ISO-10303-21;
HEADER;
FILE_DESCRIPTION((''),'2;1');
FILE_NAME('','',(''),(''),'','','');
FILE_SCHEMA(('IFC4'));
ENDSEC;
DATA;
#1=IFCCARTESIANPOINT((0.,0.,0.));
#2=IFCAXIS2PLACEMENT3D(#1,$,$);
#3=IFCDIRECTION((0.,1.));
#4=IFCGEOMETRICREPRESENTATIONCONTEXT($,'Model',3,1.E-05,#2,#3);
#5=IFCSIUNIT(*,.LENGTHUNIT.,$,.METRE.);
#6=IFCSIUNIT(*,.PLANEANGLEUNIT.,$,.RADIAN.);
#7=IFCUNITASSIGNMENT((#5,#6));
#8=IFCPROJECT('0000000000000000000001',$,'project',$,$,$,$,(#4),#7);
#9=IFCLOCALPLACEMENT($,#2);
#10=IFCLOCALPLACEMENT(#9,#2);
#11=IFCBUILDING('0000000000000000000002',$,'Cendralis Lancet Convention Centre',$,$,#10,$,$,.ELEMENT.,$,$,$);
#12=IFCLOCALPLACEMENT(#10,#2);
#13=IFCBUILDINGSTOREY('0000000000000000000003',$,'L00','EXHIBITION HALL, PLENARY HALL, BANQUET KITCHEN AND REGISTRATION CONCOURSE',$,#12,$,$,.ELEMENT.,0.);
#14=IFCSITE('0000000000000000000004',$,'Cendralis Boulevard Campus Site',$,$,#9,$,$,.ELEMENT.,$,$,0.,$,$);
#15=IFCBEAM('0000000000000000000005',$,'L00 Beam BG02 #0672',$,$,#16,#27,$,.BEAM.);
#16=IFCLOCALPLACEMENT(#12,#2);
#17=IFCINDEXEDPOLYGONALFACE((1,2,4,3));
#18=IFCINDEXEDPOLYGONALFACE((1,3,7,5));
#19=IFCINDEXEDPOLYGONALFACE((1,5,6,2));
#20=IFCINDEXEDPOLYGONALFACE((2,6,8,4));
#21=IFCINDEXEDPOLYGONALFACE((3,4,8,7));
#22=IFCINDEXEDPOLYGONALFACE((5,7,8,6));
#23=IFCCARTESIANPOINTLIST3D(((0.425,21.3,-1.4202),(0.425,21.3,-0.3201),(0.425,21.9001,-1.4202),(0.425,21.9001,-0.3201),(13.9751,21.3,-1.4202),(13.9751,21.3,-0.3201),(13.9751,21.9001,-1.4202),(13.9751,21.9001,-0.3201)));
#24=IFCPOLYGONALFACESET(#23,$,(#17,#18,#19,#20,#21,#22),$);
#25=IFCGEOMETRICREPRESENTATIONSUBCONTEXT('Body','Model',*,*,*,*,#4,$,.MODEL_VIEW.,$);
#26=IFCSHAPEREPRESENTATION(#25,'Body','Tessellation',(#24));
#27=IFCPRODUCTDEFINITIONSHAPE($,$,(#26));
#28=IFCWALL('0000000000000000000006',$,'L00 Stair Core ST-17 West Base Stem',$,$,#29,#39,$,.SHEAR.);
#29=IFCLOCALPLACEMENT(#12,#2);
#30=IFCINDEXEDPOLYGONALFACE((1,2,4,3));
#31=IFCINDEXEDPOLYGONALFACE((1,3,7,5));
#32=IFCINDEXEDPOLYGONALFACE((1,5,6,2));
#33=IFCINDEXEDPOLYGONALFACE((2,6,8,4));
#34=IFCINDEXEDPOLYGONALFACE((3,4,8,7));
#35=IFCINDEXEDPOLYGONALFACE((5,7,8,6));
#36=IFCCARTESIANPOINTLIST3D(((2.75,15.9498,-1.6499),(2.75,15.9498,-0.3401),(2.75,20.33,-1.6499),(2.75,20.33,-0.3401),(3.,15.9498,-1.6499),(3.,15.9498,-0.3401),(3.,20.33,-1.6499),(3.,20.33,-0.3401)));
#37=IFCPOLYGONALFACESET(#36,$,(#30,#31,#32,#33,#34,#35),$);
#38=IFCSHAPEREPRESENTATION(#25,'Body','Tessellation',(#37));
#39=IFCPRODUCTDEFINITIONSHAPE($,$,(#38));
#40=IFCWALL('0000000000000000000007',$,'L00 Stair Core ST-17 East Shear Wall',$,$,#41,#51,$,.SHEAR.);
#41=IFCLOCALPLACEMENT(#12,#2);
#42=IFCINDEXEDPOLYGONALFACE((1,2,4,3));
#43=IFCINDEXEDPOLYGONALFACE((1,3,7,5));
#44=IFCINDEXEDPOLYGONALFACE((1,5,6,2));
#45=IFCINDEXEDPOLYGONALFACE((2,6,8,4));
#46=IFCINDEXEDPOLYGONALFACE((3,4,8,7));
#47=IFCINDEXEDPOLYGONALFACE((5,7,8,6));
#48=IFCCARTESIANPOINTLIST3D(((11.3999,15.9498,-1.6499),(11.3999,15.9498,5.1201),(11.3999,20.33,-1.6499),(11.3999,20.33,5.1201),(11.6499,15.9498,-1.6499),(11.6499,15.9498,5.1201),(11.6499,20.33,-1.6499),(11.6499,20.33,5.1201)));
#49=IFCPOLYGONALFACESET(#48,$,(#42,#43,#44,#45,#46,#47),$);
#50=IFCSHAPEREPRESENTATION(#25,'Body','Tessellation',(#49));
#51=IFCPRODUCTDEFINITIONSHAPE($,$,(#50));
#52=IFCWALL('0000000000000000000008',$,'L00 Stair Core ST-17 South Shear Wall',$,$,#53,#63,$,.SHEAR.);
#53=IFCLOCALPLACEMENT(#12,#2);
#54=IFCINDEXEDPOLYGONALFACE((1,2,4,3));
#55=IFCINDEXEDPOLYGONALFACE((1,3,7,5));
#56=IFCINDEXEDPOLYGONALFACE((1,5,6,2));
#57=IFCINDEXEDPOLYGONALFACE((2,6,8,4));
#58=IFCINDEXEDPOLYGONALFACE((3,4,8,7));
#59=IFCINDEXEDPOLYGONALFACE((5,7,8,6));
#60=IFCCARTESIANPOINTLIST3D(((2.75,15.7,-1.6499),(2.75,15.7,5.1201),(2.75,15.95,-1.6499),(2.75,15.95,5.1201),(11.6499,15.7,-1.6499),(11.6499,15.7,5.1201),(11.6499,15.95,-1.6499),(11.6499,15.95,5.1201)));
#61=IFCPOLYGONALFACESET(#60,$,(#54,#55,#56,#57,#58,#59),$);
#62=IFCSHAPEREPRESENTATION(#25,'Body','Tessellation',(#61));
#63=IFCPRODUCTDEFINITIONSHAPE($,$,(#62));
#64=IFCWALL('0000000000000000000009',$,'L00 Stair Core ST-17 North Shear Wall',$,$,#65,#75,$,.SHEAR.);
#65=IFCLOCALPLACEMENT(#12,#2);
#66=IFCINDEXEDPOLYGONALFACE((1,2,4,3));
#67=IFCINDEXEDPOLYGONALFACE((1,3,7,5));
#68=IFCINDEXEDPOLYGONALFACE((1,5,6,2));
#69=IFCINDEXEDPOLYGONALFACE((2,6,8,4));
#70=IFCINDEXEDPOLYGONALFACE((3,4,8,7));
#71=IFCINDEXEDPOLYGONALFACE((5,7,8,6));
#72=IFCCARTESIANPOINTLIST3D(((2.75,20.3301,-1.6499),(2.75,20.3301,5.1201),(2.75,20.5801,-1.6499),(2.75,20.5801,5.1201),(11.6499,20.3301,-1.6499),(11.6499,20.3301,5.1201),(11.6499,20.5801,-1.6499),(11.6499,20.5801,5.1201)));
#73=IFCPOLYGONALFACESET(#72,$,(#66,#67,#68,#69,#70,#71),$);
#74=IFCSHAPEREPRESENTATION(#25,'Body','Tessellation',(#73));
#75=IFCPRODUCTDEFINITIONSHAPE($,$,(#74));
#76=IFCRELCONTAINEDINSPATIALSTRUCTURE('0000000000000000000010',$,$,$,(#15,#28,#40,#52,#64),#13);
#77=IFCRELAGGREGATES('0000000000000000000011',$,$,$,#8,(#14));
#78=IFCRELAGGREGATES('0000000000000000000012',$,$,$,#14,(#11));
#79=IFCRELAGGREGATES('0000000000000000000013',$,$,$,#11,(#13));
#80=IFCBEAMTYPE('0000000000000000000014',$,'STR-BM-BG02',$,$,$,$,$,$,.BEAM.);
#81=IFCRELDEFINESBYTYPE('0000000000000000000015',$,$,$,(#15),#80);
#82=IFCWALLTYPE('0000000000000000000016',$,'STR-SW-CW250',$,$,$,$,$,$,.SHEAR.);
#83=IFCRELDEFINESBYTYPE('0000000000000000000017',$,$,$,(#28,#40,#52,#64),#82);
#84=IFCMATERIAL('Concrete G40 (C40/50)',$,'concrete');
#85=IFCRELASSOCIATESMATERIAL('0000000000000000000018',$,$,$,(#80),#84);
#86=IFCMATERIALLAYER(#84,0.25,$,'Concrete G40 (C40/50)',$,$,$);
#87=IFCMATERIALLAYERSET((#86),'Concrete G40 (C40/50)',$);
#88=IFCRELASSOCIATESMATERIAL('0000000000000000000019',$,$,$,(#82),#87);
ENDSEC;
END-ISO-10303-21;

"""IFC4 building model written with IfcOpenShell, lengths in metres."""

from ifc_helpers import new_model, si_unit, direction, frame, frame_2d, origin, origin_2d, place, context, subcontext, project, spatial, rectangle, extrude, material, layer, layer_set, material_profile, profile_set, type_object, element, save


model = new_model("IFC4")

# Units and contexts
model_context = context("Model", 3, precision=1e-05, world=origin(), true_north=direction((0.0, 1.0)))
body_context = subcontext(model_context, "Body", "Model", "MODEL_VIEW")
ifc_project = project(units=[si_unit("LENGTHUNIT", "METRE"), si_unit("PLANEANGLEUNIT", "RADIAN")], contexts=[model_context])

# Site, building, storey
site_placement = place(None, origin())
site = spatial("IfcSite", under=ifc_project, at=site_placement, Name="Cendralis Boulevard Campus Site", CompositionType="ELEMENT", RefElevation=0.0)
building_placement = place(site_placement, origin())
building = spatial("IfcBuilding", under=site, at=building_placement, Name="Cendralis Lancet Convention Centre", CompositionType="ELEMENT")
storey_placement = place(building_placement, origin())
storey = spatial("IfcBuildingStorey", under=building, at=storey_placement, Name="L00", Description="EXHIBITION HALL, PLENARY HALL, BANQUET KITCHEN AND REGISTRATION CONCOURSE", CompositionType="ELEMENT", Elevation=0.0)

# Shared definitions
ifc_material_1 = material(Name="Concrete G40 (C40/50)", Category="concrete")

# Beam
ifc_material_profile_1 = material_profile(ifc_material_1, rectangle(XDim=0.6001, YDim=1.1001, at=origin_2d()), Name="RCB 600x1100")
ifc_profile_set_1 = profile_set([ifc_material_profile_1], Name="Concrete G40 (C40/50)")
beam_type = type_object("IfcBeamType", Name="STR-BM-BG02", PredefinedType="BEAM", material=ifc_profile_set_1)
beam_placement = place(storey_placement, frame((0.425, 21.6001, -0.8701), z_axis=(1.0, 0.0, 0.0), x_axis=(0.0, 1.0, 0.0)))
element("IfcBeam", 1, at=beam_placement, inside=storey, type_object=beam_type, Name="L00 Beam BG02 #0672", PredefinedType="BEAM", context=body_context, shape_type="SweptSolid", body=[
    extrude(rectangle(XDim=0.6001, YDim=1.1001, at=origin_2d()), origin(), (0.0, 0.0, 1.0), 13.55),
])

# Wall
ifc_layer = layer(ifc_material_1, 0.25, Name="Concrete G40 (C40/50)")
ifc_layer_set = layer_set([ifc_layer], Name="Concrete G40 (C40/50)")
wall_type = type_object("IfcWallType", Name="STR-SW-CW250", PredefinedType="SHEAR", material=ifc_layer_set)
wall_1_placement = place(storey_placement, frame((2.875, 15.95, -1.6499), z_axis=(0.0, 0.0, 1.0), x_axis=(0.0, 1.0, 0.0)))
element("IfcWall", 2, at=wall_1_placement, inside=storey, type_object=wall_type, Name="L00 Stair Core ST-17 West Base Stem", PredefinedType="SHEAR", context=body_context, shape_type="SweptSolid", body=[
    extrude(rectangle(XDim=4.3801, YDim=0.25, at=frame_2d((2.1899, 0.0))), origin(), (0.0, 0.0, 1.0), 1.3098),
])

# Walls
wall_2_placement = place(storey_placement, frame((11.5249, 15.95, -1.6499), z_axis=(0.0, 0.0, 1.0), x_axis=(0.0, 1.0, 0.0)))
element("IfcWall", 3, at=wall_2_placement, inside=storey, type_object=wall_type, Name="L00 Stair Core ST-17 East Shear Wall", PredefinedType="SHEAR", context=body_context, shape_type="SweptSolid", body=[
    extrude(rectangle(XDim=4.3801, YDim=0.25, at=frame_2d((2.1899, 0.0))), origin(), (0.0, 0.0, 1.0), 6.77),
])
for number, where, z_axis, x_axis, name in (
    (4, (2.75, 15.825, -1.6499), (0.0, 0.0, 1.0), (1.0, 0.0, 0.0), "L00 Stair Core ST-17 South Shear Wall"),
    (5, (2.75, 20.4551, -1.6499), (0.0, 0.0, 1.0), (1.0, 0.0, 0.0), "L00 Stair Core ST-17 North Shear Wall"),
):
    element("IfcWall", number, at=place(storey_placement, frame(where, z_axis=z_axis, x_axis=x_axis)), inside=storey, type_object=wall_type, Name=name, PredefinedType="SHEAR", context=body_context, shape_type="SweptSolid", body=[
        extrude(rectangle(XDim=8.8999, YDim=0.25, at=frame_2d((4.45, 0.0))), origin(), (0.0, 0.0, 1.0), 6.77),
    ])

save(model, "model.ifc")
